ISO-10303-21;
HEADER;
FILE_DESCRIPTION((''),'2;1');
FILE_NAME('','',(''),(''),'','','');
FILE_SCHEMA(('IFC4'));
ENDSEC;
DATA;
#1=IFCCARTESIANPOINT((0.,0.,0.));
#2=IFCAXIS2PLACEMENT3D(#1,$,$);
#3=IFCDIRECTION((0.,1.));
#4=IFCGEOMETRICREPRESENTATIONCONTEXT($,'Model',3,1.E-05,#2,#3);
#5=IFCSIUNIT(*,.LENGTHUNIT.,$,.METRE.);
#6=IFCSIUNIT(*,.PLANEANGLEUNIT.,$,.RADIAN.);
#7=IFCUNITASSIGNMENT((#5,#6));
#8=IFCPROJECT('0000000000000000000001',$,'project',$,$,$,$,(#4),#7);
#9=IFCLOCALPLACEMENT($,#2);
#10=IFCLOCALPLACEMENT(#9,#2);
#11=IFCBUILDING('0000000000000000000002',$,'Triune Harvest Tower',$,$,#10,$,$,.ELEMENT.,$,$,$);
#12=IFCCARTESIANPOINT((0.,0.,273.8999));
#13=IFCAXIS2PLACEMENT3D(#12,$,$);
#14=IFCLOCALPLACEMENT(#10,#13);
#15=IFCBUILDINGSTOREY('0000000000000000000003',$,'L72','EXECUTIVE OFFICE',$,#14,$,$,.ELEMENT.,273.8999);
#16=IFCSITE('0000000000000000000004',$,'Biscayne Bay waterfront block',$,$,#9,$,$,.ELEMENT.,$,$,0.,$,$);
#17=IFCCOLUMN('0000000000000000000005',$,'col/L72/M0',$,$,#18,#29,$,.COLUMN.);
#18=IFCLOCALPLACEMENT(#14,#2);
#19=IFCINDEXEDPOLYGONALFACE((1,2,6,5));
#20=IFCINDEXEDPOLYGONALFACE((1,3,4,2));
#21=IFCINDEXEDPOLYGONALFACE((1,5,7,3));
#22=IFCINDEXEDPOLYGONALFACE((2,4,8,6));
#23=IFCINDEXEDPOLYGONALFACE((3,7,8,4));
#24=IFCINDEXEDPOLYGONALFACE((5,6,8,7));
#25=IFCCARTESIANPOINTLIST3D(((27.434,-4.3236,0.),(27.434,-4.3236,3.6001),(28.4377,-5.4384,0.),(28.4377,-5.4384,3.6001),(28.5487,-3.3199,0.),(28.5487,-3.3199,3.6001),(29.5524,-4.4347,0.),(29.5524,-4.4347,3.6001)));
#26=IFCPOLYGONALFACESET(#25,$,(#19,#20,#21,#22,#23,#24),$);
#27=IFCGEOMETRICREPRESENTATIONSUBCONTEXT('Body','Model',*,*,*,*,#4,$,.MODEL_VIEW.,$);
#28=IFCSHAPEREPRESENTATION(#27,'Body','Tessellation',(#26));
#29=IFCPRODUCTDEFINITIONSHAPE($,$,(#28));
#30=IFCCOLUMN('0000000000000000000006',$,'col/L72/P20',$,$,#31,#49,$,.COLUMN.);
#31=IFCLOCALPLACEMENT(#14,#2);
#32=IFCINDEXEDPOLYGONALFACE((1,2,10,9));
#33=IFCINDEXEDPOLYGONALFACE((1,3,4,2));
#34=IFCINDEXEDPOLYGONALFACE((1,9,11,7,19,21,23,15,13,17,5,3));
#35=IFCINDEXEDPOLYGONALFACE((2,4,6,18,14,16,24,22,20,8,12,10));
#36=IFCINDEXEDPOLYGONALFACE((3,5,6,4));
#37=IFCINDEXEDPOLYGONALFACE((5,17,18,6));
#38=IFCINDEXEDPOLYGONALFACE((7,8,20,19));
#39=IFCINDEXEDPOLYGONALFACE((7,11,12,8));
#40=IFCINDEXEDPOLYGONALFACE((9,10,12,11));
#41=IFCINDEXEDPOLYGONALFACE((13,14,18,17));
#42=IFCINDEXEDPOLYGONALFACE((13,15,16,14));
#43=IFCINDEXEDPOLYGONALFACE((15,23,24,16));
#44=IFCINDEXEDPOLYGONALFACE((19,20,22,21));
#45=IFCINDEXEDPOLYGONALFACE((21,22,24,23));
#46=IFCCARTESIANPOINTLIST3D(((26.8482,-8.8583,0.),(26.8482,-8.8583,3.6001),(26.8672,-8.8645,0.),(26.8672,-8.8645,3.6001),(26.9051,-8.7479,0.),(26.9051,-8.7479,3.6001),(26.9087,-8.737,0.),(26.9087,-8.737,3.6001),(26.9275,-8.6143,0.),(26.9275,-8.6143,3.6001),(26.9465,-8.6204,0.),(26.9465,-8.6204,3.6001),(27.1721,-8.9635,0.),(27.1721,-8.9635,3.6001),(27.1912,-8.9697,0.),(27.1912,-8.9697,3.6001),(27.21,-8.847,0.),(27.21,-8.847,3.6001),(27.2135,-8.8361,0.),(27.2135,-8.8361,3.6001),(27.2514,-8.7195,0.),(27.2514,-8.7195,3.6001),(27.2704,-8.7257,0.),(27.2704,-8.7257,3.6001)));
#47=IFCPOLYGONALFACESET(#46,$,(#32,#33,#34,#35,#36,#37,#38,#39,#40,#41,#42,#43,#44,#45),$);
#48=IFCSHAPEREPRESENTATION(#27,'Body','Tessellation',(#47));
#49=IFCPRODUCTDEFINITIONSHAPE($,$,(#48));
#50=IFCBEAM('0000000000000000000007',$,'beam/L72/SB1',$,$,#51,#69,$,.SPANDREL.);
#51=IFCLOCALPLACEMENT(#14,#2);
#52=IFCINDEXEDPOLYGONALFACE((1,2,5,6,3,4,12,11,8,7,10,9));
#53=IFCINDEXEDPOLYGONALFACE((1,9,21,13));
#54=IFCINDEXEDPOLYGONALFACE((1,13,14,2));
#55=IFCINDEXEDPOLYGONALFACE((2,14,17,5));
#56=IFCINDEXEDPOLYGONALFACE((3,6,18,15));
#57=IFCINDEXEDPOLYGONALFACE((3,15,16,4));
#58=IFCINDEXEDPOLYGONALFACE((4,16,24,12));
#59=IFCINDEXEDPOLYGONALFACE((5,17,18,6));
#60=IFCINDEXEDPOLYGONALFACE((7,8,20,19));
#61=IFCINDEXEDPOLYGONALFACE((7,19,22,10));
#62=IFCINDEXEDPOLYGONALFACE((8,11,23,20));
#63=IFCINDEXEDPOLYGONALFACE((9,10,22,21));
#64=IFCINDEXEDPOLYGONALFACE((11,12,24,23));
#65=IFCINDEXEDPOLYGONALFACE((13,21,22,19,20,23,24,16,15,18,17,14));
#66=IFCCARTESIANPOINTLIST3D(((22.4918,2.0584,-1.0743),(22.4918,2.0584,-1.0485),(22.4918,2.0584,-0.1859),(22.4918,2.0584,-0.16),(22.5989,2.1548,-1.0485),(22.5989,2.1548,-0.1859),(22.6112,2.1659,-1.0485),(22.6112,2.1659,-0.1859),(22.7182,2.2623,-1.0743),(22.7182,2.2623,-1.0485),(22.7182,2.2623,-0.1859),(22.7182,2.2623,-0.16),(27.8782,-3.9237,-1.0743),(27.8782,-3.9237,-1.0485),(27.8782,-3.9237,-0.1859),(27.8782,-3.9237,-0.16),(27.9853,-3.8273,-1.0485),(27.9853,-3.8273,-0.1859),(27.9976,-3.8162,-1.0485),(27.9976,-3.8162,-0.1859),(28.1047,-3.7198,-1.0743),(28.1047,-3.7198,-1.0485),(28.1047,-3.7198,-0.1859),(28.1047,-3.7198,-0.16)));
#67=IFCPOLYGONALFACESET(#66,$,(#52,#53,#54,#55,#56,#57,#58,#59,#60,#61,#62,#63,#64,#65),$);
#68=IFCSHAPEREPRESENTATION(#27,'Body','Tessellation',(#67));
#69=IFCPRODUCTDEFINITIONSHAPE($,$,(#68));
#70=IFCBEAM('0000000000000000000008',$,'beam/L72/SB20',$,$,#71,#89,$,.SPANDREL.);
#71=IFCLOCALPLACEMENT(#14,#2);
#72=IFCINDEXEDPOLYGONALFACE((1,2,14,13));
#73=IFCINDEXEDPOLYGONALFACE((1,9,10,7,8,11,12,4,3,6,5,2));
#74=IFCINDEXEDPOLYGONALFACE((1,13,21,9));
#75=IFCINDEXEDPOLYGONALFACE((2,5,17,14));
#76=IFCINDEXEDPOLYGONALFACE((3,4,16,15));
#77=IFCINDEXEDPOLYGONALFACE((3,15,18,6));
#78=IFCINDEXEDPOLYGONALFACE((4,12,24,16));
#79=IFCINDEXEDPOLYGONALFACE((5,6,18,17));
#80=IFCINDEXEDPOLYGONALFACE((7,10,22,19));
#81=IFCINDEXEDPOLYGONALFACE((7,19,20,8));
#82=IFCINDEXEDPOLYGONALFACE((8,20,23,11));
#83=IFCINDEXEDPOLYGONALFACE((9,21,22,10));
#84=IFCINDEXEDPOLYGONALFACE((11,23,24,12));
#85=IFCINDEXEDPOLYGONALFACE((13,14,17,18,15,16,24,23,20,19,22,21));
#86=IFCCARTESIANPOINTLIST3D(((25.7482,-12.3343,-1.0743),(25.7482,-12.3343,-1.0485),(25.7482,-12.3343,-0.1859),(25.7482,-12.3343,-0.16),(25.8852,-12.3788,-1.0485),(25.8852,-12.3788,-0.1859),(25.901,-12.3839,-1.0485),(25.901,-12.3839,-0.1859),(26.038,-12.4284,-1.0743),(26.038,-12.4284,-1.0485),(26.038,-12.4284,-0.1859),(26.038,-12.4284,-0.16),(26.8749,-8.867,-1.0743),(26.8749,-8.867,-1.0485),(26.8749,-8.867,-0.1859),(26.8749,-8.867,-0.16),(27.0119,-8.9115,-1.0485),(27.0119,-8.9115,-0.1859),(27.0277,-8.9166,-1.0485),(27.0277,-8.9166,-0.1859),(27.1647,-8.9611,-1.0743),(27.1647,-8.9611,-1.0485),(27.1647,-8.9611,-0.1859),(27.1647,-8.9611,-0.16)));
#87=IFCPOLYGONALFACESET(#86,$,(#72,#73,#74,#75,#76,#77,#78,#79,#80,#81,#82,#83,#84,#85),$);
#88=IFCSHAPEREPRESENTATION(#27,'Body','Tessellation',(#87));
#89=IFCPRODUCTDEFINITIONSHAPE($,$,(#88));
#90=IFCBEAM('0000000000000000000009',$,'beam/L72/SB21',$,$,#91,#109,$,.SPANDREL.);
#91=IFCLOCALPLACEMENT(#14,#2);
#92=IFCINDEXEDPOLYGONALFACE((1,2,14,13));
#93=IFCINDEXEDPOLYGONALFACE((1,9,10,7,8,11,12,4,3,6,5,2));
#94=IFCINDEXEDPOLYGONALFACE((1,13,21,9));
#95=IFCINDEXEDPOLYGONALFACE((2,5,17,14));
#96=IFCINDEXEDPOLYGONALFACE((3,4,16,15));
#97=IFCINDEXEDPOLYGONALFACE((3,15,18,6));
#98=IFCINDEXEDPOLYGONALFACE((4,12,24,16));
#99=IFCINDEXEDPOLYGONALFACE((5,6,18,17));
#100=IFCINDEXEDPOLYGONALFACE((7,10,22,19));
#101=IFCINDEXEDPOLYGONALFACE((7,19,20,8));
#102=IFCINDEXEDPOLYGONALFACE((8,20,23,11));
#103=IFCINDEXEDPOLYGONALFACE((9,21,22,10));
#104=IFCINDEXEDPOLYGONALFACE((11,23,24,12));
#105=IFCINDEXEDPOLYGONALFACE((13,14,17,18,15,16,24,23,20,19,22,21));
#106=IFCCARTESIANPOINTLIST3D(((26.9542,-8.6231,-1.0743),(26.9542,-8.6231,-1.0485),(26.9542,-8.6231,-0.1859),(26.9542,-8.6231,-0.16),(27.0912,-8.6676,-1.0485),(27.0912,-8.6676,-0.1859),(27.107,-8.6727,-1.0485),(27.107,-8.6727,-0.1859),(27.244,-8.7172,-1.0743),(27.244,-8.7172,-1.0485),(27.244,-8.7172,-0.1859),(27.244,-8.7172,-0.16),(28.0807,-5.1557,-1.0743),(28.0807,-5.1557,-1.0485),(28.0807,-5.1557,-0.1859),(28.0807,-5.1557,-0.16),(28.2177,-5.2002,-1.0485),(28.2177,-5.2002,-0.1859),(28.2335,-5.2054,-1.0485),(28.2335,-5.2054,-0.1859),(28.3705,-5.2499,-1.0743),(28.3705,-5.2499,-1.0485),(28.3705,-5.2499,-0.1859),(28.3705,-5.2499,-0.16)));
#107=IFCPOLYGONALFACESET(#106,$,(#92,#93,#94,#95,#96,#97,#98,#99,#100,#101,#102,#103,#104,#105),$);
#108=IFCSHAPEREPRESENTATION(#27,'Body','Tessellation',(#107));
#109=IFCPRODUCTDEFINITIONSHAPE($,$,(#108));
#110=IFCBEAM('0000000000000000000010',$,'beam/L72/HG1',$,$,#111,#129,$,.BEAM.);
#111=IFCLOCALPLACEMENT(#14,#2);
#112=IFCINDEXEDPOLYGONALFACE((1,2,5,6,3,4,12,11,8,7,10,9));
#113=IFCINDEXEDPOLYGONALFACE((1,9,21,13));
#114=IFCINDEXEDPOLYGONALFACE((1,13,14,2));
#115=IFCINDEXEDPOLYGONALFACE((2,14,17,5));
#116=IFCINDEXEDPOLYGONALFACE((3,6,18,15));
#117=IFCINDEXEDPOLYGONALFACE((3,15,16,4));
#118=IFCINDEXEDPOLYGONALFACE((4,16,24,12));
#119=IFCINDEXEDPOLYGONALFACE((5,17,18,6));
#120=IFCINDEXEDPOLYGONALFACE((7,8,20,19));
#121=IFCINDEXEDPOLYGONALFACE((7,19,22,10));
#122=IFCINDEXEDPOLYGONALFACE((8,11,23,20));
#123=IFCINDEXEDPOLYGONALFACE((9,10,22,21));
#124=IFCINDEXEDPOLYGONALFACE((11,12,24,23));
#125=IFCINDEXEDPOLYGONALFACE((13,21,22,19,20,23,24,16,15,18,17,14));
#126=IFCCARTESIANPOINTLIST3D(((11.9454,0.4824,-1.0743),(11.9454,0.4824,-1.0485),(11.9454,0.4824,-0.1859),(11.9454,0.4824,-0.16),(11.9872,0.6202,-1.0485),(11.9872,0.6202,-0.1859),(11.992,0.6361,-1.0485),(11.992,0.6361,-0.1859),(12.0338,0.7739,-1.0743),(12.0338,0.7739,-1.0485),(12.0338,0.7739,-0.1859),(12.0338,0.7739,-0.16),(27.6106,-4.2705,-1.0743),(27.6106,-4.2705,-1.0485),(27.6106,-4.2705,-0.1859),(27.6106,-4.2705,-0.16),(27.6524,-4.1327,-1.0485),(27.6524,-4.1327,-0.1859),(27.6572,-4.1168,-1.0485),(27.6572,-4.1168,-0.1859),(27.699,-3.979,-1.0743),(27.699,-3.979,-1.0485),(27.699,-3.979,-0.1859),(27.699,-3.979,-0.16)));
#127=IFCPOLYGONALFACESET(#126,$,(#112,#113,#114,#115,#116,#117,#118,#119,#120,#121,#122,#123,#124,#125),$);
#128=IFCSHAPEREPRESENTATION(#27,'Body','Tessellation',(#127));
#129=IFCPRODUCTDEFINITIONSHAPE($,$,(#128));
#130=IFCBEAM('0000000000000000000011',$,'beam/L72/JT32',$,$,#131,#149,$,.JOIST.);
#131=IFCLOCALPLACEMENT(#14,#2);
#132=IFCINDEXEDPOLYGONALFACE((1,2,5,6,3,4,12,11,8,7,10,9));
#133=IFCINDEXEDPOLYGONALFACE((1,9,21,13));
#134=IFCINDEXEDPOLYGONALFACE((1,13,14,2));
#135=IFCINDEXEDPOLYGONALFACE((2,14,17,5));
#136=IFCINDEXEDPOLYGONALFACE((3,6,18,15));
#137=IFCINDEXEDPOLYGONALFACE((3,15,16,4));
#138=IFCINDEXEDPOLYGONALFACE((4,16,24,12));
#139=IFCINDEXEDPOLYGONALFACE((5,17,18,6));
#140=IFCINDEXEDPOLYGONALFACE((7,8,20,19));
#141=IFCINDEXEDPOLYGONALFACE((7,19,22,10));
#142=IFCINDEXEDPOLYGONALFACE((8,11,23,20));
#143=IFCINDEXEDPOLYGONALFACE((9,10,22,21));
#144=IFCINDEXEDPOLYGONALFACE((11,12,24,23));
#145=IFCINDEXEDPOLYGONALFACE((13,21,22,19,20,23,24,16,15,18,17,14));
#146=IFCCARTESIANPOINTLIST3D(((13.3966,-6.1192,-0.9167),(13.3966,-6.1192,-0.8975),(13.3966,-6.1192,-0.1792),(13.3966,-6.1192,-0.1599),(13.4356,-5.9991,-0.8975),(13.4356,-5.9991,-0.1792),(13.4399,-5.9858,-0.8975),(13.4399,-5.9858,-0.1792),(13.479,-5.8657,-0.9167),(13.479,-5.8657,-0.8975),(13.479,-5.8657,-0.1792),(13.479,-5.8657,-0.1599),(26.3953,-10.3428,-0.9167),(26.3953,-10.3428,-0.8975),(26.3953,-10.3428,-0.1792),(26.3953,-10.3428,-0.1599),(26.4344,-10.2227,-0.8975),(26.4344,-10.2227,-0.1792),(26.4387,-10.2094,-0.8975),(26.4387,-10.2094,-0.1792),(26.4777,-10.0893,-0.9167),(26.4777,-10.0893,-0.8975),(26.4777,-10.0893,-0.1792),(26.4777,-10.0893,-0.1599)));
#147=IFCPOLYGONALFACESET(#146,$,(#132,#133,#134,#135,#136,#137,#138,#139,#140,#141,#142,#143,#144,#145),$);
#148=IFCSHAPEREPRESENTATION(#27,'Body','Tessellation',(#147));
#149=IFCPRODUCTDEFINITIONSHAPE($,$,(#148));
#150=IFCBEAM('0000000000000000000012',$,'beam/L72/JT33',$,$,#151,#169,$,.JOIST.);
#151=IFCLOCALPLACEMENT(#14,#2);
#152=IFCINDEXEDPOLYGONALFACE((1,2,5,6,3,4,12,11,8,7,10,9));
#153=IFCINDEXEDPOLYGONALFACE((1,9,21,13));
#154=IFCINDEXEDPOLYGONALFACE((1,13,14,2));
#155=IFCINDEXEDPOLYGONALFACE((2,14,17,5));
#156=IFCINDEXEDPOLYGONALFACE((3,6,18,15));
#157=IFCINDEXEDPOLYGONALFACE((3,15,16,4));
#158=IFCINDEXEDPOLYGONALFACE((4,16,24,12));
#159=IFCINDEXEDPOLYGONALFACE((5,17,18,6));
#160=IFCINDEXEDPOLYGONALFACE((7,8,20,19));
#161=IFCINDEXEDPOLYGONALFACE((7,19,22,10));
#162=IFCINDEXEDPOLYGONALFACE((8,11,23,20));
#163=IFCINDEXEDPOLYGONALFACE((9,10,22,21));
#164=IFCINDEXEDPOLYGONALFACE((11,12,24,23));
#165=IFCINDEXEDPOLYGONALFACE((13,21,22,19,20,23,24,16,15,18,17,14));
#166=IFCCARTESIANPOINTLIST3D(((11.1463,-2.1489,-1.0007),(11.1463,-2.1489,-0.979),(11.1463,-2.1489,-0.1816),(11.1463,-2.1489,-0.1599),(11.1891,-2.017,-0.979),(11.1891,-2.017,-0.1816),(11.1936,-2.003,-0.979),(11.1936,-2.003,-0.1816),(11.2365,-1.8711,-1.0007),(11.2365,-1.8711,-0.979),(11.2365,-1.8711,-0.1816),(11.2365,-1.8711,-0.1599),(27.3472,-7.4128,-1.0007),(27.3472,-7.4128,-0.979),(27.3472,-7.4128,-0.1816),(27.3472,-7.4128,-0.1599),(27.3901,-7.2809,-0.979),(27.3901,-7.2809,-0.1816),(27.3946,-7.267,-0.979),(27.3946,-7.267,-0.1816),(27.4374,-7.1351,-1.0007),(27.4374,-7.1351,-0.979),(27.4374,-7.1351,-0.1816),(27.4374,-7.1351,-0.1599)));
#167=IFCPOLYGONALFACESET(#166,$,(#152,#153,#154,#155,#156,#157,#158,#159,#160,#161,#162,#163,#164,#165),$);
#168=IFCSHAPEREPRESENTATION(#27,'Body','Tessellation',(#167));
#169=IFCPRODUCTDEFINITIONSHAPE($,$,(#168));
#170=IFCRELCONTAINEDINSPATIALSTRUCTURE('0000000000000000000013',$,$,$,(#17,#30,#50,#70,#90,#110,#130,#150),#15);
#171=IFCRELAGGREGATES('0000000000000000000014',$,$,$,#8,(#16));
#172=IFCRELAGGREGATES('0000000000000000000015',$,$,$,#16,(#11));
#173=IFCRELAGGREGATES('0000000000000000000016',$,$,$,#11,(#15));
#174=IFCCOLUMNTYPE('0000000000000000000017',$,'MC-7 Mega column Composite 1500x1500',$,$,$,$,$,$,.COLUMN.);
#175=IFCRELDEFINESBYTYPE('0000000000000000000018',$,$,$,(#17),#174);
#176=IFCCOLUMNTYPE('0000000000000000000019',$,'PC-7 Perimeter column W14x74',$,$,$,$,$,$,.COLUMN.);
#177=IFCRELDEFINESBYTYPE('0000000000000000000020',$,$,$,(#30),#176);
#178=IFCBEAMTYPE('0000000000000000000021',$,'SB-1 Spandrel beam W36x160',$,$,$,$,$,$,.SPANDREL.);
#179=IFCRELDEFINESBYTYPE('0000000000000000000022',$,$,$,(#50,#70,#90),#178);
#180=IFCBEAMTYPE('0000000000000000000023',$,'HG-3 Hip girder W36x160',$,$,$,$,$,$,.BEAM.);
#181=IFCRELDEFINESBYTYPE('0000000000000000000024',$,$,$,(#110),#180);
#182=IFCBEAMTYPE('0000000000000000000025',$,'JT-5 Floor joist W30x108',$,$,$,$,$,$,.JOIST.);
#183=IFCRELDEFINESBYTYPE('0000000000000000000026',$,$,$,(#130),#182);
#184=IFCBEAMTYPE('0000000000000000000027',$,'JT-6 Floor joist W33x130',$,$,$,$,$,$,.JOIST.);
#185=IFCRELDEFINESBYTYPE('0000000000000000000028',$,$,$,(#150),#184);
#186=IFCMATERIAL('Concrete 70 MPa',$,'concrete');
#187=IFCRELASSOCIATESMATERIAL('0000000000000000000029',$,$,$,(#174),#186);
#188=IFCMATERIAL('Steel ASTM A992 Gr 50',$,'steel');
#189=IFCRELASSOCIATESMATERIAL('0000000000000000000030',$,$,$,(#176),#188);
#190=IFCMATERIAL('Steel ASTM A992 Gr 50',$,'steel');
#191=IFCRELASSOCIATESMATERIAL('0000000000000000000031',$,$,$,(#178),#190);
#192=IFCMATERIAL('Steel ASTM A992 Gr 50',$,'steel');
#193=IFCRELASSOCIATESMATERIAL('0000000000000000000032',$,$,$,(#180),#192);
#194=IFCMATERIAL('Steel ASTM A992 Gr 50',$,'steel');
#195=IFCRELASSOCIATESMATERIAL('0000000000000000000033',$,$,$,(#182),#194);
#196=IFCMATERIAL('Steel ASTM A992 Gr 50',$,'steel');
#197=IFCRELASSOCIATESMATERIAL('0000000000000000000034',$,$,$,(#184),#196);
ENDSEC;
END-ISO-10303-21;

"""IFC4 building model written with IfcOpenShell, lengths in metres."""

from ifc_helpers import new_model, si_unit, direction, frame, origin, origin_2d, place, context, subcontext, project, spatial, rectangle, i_section, extrude, source, transform, mapped, material, material_profile, profile_set, type_object, element, save


model = new_model("IFC4")

# Units and contexts
model_context = context("Model", 3, precision=1e-05, world=origin(), true_north=direction((0.0, 1.0)))
body_context = subcontext(model_context, "Body", "Model", "MODEL_VIEW")
ifc_project = project(units=[si_unit("LENGTHUNIT", "METRE"), si_unit("PLANEANGLEUNIT", "RADIAN")], contexts=[model_context])

# Site, building, storey
site_placement = place(None, origin())
site = spatial("IfcSite", under=ifc_project, at=site_placement, Name="Biscayne Bay waterfront block", CompositionType="ELEMENT", RefElevation=0.0)
building_placement = place(site_placement, origin())
building = spatial("IfcBuilding", under=site, at=building_placement, Name="Triune Harvest Tower", CompositionType="ELEMENT")
storey_placement = place(building_placement, frame((0.0, 0.0, 273.8999)))
storey = spatial("IfcBuildingStorey", under=building, at=storey_placement, Name="L72", Description="EXECUTIVE OFFICE", CompositionType="ELEMENT", Elevation=273.8999)

# Columns
ifc_material_1 = material(Name="Concrete 70 MPa", Category="concrete")
ifc_material_profile_1 = material_profile(ifc_material_1, rectangle(XDim=1.5, YDim=1.5, at=origin_2d()), Name="Composite 1500x1500")
ifc_profile_set_1 = profile_set([ifc_material_profile_1], Name="Concrete 70 MPa")
column_type_1 = type_object("IfcColumnType", Name="MC-7 Mega column Composite 1500x1500", PredefinedType="COLUMN", material=ifc_profile_set_1)
shared_shape_1 = source(origin(), body_context, "Body", "SweptSolid", [
    extrude(rectangle(XDim=1.5, YDim=1.5, at=origin_2d()), origin(), (0.0, 0.0, 1.0), 3.6001),
])
column_1_placement = place(storey_placement, frame((28.4932, -4.3792, 0.0), z_axis=(0.0, 0.0, 1.0), x_axis=(-0.669131, 0.743145, 0.0)))
element("IfcColumn", 1, at=column_1_placement, inside=storey, type_object=column_type_1, Name="col/L72/M0", PredefinedType="COLUMN", context=body_context, shape_type="MappedRepresentation", body=[
    mapped(shared_shape_1, transform((0.0, 0.0, 0.0), scale=1.0)),
])
ifc_material_2 = material(Name="Steel ASTM A992 Gr 50", Category="steel")
ifc_material_profile_2 = material_profile(ifc_material_2, i_section(OverallWidth=0.2566, OverallDepth=0.3606, WebThickness=0.0115, FlangeThickness=0.02, at=origin_2d()), Name="W14x74")
ifc_profile_set_2 = profile_set([ifc_material_profile_2], Name="Steel ASTM A992 Gr 50")
column_type_2 = type_object("IfcColumnType", Name="PC-7 Perimeter column W14x74", PredefinedType="COLUMN", material=ifc_profile_set_2)
shared_shape_2 = source(origin(), body_context, "Body", "SweptSolid", [
    extrude(i_section(OverallWidth=0.2566, OverallDepth=0.3606, WebThickness=0.0115, FlangeThickness=0.02, at=origin_2d()), origin(), (0.0, 0.0, 1.0), 3.6001),
])
column_2_placement = place(storey_placement, frame((27.0593, -8.792, 0.0), z_axis=(0.0, 0.0, 1.0), x_axis=(0.309017, 0.951057, 0.0)))
element("IfcColumn", 2, at=column_2_placement, inside=storey, type_object=column_type_2, Name="col/L72/P20", PredefinedType="COLUMN", context=body_context, shape_type="MappedRepresentation", body=[
    mapped(shared_shape_2, transform((0.0, 0.0, 0.0), scale=1.0)),
])

# Beams
ifc_material_3 = material(Name="Steel ASTM A992 Gr 50", Category="steel")
ifc_material_profile_3 = material_profile(ifc_material_3, i_section(OverallWidth=0.3047, OverallDepth=0.9143, WebThickness=0.0166, FlangeThickness=0.0259, at=origin_2d()), Name="W36x160")
ifc_profile_set_3 = profile_set([ifc_material_profile_3], Name="Steel ASTM A992 Gr 50")
beam_type_1 = type_object("IfcBeamType", Name="SB-1 Spandrel beam W36x160", PredefinedType="SPANDREL", material=ifc_profile_set_3)
shared_shape_3 = source(origin(), body_context, "Body", "SweptSolid", [
    extrude(i_section(OverallWidth=0.3047, OverallDepth=0.9143, WebThickness=0.0166, FlangeThickness=0.0259, at=origin_2d()), origin(), (0.0, 0.0, 1.0), 8.0498),
])
beam_1_placement = place(storey_placement, frame((27.9915, -3.8218, -0.6172), z_axis=(-0.669137, 0.743139, 0.0), x_axis=(-0.743139, -0.669137, 0.0)))
element("IfcBeam", 3, at=beam_1_placement, inside=storey, type_object=beam_type_1, Name="beam/L72/SB1", PredefinedType="SPANDREL", context=body_context, shape_type="MappedRepresentation", body=[
    mapped(shared_shape_3, transform((0.0, 0.0, 0.0), scale=1.0)),
])
shared_shape_4 = source(origin(), body_context, "Body", "SweptSolid", [
    extrude(i_section(OverallWidth=0.3047, OverallDepth=0.9143, WebThickness=0.0166, FlangeThickness=0.0259, at=origin_2d()), origin(), (0.0, 0.0, 1.0), 3.6458),
])
for number, where, z_axis, x_axis, name in (
    (4, (25.8931, -12.3813, -0.6172), (0.309047, 0.951047, 0.0), (-0.951047, 0.309047, 0.0), "beam/L72/SB20"),
    (5, (27.0991, -8.6702, -0.6172), (0.308986, 0.951067, 0.0), (-0.951067, 0.308986, 0.0), "beam/L72/SB21"),
):
    element("IfcBeam", number, at=place(storey_placement, frame(where, z_axis=z_axis, x_axis=x_axis)), inside=storey, type_object=beam_type_1, Name=name, PredefinedType="SPANDREL", context=body_context, shape_type="MappedRepresentation", body=[
        mapped(shared_shape_4, transform((0.0, 0.0, 0.0), scale=1.0)),
    ])
ifc_material_4 = material(Name="Steel ASTM A992 Gr 50", Category="steel")
ifc_material_profile_4 = material_profile(ifc_material_4, i_section(OverallWidth=0.3047, OverallDepth=0.9143, WebThickness=0.0166, FlangeThickness=0.0259, at=origin_2d()), Name="W36x160")
ifc_profile_set_4 = profile_set([ifc_material_profile_4], Name="Steel ASTM A992 Gr 50")
beam_type_2 = type_object("IfcBeamType", Name="HG-3 Hip girder W36x160", PredefinedType="BEAM", material=ifc_profile_set_4)
shared_shape_5 = source(origin(), body_context, "Body", "SweptSolid", [
    extrude(i_section(OverallWidth=0.3047, OverallDepth=0.9143, WebThickness=0.0166, FlangeThickness=0.0259, at=origin_2d()), origin(), (0.0, 0.0, 1.0), 16.3704),
])
beam_2_placement = place(storey_placement, frame((27.6548, -4.1248, -0.6172), z_axis=(-0.956925, 0.290336, 0.0), x_axis=(-0.290336, -0.956925, 0.0)))
element("IfcBeam", 6, at=beam_2_placement, inside=storey, type_object=beam_type_2, Name="beam/L72/HG1", PredefinedType="BEAM", context=body_context, shape_type="MappedRepresentation", body=[
    mapped(shared_shape_5, transform((0.0, 0.0, 0.0), scale=1.0)),
])
ifc_material_5 = material(Name="Steel ASTM A992 Gr 50", Category="steel")
ifc_material_profile_5 = material_profile(ifc_material_5, i_section(OverallWidth=0.2666, OverallDepth=0.7568, WebThickness=0.0139, FlangeThickness=0.0193, at=origin_2d()), Name="W30x108")
ifc_profile_set_5 = profile_set([ifc_material_profile_5], Name="Steel ASTM A992 Gr 50")
beam_type_3 = type_object("IfcBeamType", Name="JT-5 Floor joist W30x108", PredefinedType="JOIST", material=ifc_profile_set_5)
shared_shape_6 = source(origin(), body_context, "Body", "SweptSolid", [
    extrude(i_section(OverallWidth=0.2666, OverallDepth=0.7568, WebThickness=0.0139, FlangeThickness=0.0193, at=origin_2d()), origin(), (0.0, 0.0, 1.0), 13.6677),
])
beam_3_placement = place(storey_placement, frame((26.4365, -10.2161, -0.5383), z_axis=(-0.951055, 0.309022, 0.0), x_axis=(-0.309022, -0.951055, 0.0)))
element("IfcBeam", 7, at=beam_3_placement, inside=storey, type_object=beam_type_3, Name="beam/L72/JT32", PredefinedType="JOIST", context=body_context, shape_type="MappedRepresentation", body=[
    mapped(shared_shape_6, transform((0.0, 0.0, 0.0), scale=1.0)),
])
ifc_material_6 = material(Name="Steel ASTM A992 Gr 50", Category="steel")
ifc_material_profile_6 = material_profile(ifc_material_6, i_section(OverallWidth=0.292, OverallDepth=0.8408, WebThickness=0.0146, FlangeThickness=0.0217, at=origin_2d()), Name="W33x130")
ifc_profile_set_6 = profile_set([ifc_material_profile_6], Name="Steel ASTM A992 Gr 50")
beam_type_4 = type_object("IfcBeamType", Name="JT-6 Floor joist W33x130", PredefinedType="JOIST", material=ifc_profile_set_6)
shared_shape_7 = source(origin(), body_context, "Body", "SweptSolid", [
    extrude(i_section(OverallWidth=0.292, OverallDepth=0.8408, WebThickness=0.0146, FlangeThickness=0.0217, at=origin_2d()), origin(), (0.0, 0.0, 1.0), 17.0347),
])
beam_4_placement = place(storey_placement, frame((27.3923, -7.2739, -0.5803), z_axis=(-0.951058, 0.309013, 0.0), x_axis=(-0.309013, -0.951058, 0.0)))
element("IfcBeam", 8, at=beam_4_placement, inside=storey, type_object=beam_type_4, Name="beam/L72/JT33", PredefinedType="JOIST", context=body_context, shape_type="MappedRepresentation", body=[
    mapped(shared_shape_7, transform((0.0, 0.0, 0.0), scale=1.0)),
])

save(model, "model.ifc")
